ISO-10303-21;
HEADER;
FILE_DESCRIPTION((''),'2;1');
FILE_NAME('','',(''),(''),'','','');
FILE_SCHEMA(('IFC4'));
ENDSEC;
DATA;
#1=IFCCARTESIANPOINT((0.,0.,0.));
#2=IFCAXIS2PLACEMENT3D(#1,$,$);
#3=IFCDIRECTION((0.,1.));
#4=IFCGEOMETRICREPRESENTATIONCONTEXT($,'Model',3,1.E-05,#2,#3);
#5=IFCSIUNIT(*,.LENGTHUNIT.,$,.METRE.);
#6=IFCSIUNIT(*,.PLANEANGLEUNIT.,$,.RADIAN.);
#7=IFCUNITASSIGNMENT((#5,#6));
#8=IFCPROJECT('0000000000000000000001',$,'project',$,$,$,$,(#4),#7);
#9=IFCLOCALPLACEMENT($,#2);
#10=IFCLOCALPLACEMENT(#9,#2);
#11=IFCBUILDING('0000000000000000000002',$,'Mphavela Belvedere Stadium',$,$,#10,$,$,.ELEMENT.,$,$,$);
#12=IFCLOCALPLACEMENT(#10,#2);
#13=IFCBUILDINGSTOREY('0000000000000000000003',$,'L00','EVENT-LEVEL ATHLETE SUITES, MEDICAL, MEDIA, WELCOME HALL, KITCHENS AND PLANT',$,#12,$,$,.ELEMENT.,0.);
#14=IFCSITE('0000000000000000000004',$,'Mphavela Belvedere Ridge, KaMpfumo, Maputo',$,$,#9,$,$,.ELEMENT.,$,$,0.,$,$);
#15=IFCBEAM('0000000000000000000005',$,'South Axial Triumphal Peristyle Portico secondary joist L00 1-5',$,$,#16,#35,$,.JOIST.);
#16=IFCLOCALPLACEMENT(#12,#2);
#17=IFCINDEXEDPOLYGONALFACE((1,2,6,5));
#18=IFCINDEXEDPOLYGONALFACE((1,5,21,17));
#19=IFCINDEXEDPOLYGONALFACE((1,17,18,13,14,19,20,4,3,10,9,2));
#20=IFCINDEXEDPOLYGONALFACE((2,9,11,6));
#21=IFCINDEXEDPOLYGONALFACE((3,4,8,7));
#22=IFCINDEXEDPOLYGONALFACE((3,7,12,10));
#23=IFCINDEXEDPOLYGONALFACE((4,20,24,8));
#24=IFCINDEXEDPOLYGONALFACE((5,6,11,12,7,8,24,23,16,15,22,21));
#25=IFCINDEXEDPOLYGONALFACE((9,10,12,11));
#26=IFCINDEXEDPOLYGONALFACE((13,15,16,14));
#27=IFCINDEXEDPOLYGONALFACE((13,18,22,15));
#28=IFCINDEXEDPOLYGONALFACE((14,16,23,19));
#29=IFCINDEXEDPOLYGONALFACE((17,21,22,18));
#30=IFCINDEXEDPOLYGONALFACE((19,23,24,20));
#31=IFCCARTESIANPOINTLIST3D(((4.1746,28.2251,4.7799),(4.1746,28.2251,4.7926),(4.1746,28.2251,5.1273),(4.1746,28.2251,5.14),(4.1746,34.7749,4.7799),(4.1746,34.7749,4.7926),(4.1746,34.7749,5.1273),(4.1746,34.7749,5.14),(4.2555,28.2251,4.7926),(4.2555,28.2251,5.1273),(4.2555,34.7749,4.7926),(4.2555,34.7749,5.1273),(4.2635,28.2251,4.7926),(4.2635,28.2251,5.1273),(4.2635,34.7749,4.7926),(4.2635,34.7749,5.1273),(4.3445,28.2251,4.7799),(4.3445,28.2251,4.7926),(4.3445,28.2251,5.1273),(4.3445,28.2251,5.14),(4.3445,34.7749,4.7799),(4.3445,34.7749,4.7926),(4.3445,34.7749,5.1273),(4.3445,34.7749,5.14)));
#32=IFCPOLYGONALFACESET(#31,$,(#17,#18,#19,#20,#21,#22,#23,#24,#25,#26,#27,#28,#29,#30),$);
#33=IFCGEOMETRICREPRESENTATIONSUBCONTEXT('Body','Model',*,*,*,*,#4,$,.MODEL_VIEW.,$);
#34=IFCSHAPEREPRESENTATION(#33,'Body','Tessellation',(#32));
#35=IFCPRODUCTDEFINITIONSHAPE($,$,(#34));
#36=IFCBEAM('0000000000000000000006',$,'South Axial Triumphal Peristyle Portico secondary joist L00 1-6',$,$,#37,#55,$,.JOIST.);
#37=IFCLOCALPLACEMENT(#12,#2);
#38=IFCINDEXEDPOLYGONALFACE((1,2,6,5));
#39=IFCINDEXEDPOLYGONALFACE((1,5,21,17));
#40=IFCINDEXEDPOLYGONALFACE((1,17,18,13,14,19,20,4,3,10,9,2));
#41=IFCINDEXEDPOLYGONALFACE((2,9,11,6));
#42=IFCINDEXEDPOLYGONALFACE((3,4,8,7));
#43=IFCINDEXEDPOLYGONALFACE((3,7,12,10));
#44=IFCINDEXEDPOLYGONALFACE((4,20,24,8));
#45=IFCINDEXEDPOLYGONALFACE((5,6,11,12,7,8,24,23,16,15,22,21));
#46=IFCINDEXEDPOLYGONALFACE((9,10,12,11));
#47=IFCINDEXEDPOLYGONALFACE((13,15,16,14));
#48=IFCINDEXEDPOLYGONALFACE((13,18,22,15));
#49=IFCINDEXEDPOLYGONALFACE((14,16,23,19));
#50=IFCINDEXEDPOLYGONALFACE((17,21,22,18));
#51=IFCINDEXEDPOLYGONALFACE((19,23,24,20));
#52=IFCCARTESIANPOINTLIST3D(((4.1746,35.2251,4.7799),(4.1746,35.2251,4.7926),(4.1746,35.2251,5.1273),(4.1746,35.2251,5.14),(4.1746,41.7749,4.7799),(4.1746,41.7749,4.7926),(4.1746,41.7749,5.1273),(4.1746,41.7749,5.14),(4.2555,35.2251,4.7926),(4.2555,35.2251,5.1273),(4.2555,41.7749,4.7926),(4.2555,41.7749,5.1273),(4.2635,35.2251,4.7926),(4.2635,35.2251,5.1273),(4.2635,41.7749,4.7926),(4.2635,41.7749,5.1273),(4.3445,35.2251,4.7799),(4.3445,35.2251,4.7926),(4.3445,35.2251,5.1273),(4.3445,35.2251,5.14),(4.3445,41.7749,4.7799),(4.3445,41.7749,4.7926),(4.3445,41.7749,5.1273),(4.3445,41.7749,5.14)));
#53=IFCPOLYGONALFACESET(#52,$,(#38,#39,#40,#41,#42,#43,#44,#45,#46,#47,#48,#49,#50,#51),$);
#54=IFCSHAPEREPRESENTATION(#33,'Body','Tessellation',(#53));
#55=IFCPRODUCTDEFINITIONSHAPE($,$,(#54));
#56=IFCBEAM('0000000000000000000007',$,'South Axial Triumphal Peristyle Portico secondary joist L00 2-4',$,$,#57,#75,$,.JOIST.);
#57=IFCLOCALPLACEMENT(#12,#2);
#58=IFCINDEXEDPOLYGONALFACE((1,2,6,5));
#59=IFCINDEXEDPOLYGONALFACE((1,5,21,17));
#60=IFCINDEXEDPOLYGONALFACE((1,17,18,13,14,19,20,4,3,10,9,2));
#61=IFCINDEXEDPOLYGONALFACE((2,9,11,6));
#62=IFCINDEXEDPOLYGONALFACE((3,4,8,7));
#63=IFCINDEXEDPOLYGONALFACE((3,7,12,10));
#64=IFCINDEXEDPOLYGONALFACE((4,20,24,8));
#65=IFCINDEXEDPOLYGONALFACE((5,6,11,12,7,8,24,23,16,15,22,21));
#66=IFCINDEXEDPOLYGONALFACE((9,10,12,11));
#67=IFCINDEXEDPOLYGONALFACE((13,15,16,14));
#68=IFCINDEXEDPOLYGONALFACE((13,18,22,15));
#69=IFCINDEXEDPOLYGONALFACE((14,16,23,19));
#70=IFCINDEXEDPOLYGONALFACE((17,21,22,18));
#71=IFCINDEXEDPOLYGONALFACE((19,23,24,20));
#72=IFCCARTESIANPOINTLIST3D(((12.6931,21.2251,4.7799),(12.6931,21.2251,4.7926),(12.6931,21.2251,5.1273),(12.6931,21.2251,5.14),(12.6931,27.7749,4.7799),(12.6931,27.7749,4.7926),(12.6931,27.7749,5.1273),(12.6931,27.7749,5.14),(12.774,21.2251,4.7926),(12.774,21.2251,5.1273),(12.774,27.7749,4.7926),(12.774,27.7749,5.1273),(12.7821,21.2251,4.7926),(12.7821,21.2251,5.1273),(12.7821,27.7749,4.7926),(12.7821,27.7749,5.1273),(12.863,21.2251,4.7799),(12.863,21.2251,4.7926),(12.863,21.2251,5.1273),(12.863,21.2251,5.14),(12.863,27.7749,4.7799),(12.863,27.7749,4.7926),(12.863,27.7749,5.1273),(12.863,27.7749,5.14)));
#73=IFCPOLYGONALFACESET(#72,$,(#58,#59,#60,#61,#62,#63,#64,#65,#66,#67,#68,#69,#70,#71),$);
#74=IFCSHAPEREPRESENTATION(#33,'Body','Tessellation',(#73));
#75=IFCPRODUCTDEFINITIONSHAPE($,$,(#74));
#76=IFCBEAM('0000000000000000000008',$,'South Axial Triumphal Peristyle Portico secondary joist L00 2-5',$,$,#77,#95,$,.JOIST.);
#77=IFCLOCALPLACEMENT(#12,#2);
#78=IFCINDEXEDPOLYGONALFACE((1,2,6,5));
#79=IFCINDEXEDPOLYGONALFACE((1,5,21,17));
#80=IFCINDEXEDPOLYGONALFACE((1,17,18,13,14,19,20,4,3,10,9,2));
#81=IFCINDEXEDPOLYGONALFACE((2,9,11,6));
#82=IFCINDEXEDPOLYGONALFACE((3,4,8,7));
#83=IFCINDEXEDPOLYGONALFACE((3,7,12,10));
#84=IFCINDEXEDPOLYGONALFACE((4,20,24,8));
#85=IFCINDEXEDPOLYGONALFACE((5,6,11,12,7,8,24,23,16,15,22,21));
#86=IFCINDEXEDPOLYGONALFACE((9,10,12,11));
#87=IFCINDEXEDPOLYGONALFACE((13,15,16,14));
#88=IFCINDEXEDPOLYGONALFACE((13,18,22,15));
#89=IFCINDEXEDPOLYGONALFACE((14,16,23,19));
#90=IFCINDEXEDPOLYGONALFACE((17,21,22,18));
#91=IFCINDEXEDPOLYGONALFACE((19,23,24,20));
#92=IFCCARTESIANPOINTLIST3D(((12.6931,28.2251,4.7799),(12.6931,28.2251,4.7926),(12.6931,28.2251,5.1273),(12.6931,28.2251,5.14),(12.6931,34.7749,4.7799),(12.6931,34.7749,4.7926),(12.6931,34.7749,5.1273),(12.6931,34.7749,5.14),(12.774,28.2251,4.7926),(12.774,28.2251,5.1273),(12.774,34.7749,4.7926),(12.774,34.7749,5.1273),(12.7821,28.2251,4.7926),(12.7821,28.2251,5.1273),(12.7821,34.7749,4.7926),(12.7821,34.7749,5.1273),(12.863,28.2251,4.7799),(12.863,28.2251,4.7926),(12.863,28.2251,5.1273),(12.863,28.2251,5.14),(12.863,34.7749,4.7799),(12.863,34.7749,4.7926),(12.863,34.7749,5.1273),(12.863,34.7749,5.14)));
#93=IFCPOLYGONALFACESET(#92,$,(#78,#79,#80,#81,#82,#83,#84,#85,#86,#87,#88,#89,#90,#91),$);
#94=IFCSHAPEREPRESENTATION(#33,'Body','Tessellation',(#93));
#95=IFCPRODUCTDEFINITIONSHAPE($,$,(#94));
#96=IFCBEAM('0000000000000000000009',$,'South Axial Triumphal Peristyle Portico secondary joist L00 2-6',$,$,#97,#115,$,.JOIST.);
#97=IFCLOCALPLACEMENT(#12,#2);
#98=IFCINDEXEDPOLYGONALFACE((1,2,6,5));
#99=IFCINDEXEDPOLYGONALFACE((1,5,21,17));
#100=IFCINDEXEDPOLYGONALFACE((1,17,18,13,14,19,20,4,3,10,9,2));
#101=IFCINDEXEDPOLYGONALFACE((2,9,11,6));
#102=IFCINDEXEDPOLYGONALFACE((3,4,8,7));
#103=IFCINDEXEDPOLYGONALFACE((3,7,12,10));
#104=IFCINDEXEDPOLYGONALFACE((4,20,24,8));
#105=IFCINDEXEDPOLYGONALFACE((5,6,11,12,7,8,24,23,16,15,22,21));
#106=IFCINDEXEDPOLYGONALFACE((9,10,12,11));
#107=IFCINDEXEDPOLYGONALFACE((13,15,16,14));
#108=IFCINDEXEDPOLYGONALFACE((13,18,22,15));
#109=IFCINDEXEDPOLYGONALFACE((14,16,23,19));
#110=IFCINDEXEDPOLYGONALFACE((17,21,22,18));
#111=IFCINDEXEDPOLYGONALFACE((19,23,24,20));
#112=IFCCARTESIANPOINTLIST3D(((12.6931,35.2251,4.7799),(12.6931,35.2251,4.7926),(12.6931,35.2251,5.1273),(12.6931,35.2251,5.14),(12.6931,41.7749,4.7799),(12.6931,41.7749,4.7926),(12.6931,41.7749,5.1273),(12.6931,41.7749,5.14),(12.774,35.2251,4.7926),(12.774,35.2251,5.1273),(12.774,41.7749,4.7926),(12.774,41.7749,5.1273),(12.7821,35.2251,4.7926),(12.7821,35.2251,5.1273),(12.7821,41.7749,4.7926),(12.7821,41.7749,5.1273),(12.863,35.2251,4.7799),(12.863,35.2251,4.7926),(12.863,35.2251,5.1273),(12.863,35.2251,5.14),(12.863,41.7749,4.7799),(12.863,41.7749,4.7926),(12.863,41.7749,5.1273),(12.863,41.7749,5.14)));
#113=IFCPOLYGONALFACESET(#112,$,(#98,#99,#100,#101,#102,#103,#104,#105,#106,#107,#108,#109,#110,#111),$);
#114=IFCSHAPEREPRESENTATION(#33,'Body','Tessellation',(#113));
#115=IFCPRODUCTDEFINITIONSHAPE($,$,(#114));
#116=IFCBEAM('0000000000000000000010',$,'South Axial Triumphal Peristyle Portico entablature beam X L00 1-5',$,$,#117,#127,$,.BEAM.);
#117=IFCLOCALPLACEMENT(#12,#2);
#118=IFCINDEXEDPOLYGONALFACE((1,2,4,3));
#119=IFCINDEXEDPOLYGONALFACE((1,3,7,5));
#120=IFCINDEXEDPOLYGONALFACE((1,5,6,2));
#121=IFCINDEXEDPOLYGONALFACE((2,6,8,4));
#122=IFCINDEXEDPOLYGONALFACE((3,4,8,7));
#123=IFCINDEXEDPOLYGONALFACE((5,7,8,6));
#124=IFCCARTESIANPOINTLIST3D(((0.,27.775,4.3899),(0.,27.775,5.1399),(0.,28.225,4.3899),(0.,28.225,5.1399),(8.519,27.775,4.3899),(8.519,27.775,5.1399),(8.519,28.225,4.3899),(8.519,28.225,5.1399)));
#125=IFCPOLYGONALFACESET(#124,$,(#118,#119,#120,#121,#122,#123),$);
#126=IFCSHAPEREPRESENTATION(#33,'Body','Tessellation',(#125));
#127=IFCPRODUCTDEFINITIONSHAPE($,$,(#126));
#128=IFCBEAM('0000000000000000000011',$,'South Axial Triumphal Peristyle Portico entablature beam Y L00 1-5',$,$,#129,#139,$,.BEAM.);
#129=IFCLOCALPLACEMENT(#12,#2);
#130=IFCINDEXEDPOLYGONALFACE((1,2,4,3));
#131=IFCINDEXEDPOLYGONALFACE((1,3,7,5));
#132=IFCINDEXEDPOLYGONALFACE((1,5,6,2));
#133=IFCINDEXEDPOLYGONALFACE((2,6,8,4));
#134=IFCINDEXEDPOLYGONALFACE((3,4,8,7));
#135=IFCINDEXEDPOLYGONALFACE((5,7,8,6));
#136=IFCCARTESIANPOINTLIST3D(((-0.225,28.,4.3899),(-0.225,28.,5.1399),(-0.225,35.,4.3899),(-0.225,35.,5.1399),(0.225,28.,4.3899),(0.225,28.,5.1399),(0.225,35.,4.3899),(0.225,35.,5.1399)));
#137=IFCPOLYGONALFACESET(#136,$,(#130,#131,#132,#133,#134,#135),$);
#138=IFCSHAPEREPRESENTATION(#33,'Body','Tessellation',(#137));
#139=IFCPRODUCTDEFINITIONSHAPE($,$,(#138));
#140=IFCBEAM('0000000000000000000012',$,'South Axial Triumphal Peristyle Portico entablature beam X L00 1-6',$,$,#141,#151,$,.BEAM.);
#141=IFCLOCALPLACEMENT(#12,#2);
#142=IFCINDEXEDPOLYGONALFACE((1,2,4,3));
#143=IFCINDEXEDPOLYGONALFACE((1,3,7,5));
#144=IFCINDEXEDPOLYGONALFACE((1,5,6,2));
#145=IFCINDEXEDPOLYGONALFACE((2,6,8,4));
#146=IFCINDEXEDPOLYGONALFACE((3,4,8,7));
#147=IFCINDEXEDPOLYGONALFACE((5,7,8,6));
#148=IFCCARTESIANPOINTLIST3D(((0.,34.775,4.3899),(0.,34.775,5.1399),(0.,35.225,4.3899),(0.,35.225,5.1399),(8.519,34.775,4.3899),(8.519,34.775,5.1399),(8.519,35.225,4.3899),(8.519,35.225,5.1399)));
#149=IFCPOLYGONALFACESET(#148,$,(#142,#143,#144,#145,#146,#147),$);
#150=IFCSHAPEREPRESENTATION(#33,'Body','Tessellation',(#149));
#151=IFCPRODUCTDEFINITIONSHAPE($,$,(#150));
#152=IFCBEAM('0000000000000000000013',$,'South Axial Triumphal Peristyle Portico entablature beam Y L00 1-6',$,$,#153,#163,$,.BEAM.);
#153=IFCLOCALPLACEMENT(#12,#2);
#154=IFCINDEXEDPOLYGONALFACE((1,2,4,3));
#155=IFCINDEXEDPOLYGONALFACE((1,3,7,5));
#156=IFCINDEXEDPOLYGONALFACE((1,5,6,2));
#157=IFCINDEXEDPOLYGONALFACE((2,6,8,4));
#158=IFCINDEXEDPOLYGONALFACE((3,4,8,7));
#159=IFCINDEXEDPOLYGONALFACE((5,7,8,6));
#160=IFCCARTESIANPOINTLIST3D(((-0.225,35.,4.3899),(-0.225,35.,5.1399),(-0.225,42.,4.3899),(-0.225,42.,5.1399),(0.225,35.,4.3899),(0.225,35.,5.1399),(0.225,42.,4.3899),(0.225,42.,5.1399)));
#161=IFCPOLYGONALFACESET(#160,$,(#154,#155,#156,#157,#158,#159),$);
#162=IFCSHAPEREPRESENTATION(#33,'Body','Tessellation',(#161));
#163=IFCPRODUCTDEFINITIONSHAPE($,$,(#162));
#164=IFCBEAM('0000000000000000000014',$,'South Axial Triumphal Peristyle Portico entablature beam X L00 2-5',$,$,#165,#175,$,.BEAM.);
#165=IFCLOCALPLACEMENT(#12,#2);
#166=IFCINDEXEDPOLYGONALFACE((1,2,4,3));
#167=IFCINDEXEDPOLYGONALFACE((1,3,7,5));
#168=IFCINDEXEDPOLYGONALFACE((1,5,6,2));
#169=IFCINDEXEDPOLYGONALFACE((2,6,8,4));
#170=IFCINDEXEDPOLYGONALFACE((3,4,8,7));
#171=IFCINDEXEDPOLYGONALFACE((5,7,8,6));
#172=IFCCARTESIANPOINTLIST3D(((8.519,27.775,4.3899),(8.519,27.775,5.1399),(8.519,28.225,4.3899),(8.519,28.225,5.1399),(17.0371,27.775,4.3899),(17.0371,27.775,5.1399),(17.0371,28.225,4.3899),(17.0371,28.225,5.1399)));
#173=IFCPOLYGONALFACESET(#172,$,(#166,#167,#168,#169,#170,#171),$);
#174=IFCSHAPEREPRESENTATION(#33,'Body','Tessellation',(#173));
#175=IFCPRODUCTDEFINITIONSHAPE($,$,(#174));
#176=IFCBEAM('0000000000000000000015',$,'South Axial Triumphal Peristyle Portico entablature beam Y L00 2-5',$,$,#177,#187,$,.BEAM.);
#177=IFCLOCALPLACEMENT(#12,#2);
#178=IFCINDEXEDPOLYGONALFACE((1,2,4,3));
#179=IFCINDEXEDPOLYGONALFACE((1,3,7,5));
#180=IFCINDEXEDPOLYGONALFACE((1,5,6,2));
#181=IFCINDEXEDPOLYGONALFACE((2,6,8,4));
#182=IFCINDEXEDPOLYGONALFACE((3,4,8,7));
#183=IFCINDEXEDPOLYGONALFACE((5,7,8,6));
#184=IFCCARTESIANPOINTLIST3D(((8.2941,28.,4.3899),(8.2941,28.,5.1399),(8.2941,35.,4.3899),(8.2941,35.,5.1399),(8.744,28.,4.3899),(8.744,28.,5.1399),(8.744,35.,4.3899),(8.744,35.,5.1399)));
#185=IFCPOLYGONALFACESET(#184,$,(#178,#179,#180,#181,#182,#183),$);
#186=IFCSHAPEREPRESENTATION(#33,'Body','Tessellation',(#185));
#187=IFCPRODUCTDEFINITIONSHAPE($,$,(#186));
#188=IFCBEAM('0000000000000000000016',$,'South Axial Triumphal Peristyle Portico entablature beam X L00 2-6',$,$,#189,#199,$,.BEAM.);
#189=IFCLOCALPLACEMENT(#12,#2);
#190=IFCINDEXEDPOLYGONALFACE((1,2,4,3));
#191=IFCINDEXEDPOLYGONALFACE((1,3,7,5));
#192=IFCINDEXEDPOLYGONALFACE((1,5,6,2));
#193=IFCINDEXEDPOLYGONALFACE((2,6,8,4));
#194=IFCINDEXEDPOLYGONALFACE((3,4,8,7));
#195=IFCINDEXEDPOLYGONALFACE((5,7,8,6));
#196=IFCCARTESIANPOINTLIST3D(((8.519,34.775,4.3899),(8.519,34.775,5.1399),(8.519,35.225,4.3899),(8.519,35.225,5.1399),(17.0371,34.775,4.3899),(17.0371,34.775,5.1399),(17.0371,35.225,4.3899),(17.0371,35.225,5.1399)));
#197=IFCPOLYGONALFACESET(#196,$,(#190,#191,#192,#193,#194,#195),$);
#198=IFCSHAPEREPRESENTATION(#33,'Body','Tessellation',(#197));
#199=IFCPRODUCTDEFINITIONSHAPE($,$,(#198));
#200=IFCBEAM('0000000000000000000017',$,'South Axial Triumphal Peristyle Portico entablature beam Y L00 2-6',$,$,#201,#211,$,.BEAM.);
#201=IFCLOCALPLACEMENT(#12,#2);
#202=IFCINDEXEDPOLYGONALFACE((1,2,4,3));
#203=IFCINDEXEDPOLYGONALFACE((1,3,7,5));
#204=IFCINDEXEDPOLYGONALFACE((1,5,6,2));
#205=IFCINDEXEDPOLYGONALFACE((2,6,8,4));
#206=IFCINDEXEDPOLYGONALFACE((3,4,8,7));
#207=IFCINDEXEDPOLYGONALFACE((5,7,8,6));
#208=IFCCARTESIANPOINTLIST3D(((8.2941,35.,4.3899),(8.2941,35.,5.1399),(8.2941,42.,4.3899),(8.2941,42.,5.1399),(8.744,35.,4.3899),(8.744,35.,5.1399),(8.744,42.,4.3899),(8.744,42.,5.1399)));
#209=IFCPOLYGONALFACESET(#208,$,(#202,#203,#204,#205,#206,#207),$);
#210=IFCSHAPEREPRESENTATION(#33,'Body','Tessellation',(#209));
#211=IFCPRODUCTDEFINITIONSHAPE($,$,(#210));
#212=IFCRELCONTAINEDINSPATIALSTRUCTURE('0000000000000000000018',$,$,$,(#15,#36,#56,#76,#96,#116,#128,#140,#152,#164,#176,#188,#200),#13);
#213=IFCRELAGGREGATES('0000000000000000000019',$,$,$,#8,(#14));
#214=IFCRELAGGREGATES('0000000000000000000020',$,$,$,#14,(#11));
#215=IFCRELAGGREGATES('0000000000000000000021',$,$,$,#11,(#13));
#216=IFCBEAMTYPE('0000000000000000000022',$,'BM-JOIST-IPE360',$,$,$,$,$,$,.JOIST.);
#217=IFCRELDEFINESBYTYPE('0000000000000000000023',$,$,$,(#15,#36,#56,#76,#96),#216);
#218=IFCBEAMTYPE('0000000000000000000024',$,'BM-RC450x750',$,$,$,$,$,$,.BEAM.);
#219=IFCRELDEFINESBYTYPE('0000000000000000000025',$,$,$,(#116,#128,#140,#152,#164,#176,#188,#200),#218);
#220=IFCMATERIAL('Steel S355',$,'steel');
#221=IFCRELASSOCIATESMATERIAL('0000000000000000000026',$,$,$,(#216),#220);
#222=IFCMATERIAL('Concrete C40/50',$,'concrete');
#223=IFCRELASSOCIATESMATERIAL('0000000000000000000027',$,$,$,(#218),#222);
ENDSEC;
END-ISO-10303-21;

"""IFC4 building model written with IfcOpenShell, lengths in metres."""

from ifc_helpers import new_model, si_unit, direction, frame, origin, origin_2d, place, context, subcontext, project, spatial, rectangle, i_section, extrude, material, material_profile, profile_set, type_object, element, save


model = new_model("IFC4")

# Units and contexts
model_context = context("Model", 3, precision=1e-05, world=origin(), true_north=direction((0.0, 1.0)))
body_context = subcontext(model_context, "Body", "Model", "MODEL_VIEW")
ifc_project = project(units=[si_unit("LENGTHUNIT", "METRE"), si_unit("PLANEANGLEUNIT", "RADIAN")], contexts=[model_context])

# Site, building, storey
site_placement = place(None, origin())
site = spatial("IfcSite", under=ifc_project, at=site_placement, Name="Mphavela Belvedere Ridge, KaMpfumo, Maputo", CompositionType="ELEMENT", RefElevation=0.0)
building_placement = place(site_placement, origin())
building = spatial("IfcBuilding", under=site, at=building_placement, Name="Mphavela Belvedere Stadium", CompositionType="ELEMENT")
storey_placement = place(building_placement, origin())
storey = spatial("IfcBuildingStorey", under=building, at=storey_placement, Name="L00", Description="EVENT-LEVEL ATHLETE SUITES, MEDICAL, MEDIA, WELCOME HALL, KITCHENS AND PLANT", CompositionType="ELEMENT", Elevation=0.0)

# Beams
ifc_material_1 = material(Name="Steel S355", Category="steel")
ifc_material_profile_1 = material_profile(ifc_material_1, i_section(OverallWidth=0.1699, OverallDepth=0.3601, WebThickness=0.0081, FlangeThickness=0.0127, at=origin_2d()), Name="IPE 360")
ifc_profile_set_1 = profile_set([ifc_material_profile_1], Name="Steel S355")
beam_type_1 = type_object("IfcBeamType", Name="BM-JOIST-IPE360", PredefinedType="JOIST", material=ifc_profile_set_1)
for number, where, z_axis, x_axis, name in (
    (1, (4.2595, 28.2251, 4.96), (0.0, 1.0, 0.0), (-1.0, 0.0, 0.0), "South Axial Triumphal Peristyle Portico secondary joist L00 1-5"),
    (2, (4.2595, 35.2251, 4.96), (0.0, 1.0, 0.0), (-1.0, 0.0, 0.0), "South Axial Triumphal Peristyle Portico secondary joist L00 1-6"),
    (3, (12.7781, 21.2251, 4.96), (0.0, 1.0, 0.0), (-1.0, 0.0, 0.0), "South Axial Triumphal Peristyle Portico secondary joist L00 2-4"),
    (4, (12.7781, 28.2251, 4.96), (0.0, 1.0, 0.0), (-1.0, 0.0, 0.0), "South Axial Triumphal Peristyle Portico secondary joist L00 2-5"),
    (5, (12.7781, 35.2251, 4.96), (0.0, 1.0, 0.0), (-1.0, 0.0, 0.0), "South Axial Triumphal Peristyle Portico secondary joist L00 2-6"),
):
    element("IfcBeam", number, at=place(storey_placement, frame(where, z_axis=z_axis, x_axis=x_axis)), inside=storey, type_object=beam_type_1, Name=name, PredefinedType="JOIST", context=body_context, shape_type="SweptSolid", body=[
        extrude(i_section(OverallWidth=0.1699, OverallDepth=0.3601, WebThickness=0.0081, FlangeThickness=0.0127, at=origin_2d()), origin(), (0.0, 0.0, 1.0), 6.5498),
    ])
ifc_material_2 = material(Name="Concrete C40/50", Category="concrete")
ifc_material_profile_2 = material_profile(ifc_material_2, rectangle(XDim=0.45, YDim=0.75, at=origin_2d()), Name="RC 450x750")
ifc_profile_set_2 = profile_set([ifc_material_profile_2], Name="Concrete C40/50")
beam_type_2 = type_object("IfcBeamType", Name="BM-RC450x750", PredefinedType="BEAM", material=ifc_profile_set_2)
beam_1_placement = place(storey_placement, frame((0.0, 28.0, 4.7649), z_axis=(1.0, 0.0, 0.0), x_axis=(0.0, 1.0, 0.0)))
element("IfcBeam", 6, at=beam_1_placement, inside=storey, type_object=beam_type_2, Name="South Axial Triumphal Peristyle Portico entablature beam X L00 1-5", PredefinedType="BEAM", context=body_context, shape_type="SweptSolid", body=[
    extrude(rectangle(XDim=0.45, YDim=0.75, at=origin_2d()), origin(), (0.0, 0.0, 1.0), 8.519),
])
beam_2_placement = place(storey_placement, frame((0.0, 28.0, 4.7649), z_axis=(0.0, 1.0, 0.0), x_axis=(-1.0, 0.0, 0.0)))
element("IfcBeam", 7, at=beam_2_placement, inside=storey, type_object=beam_type_2, Name="South Axial Triumphal Peristyle Portico entablature beam Y L00 1-5", PredefinedType="BEAM", context=body_context, shape_type="SweptSolid", body=[
    extrude(rectangle(XDim=0.45, YDim=0.75, at=origin_2d()), origin(), (0.0, 0.0, 1.0), 7.0),
])
beam_3_placement = place(storey_placement, frame((0.0, 35.0, 4.7649), z_axis=(1.0, 0.0, 0.0), x_axis=(0.0, 1.0, 0.0)))
element("IfcBeam", 8, at=beam_3_placement, inside=storey, type_object=beam_type_2, Name="South Axial Triumphal Peristyle Portico entablature beam X L00 1-6", PredefinedType="BEAM", context=body_context, shape_type="SweptSolid", body=[
    extrude(rectangle(XDim=0.45, YDim=0.75, at=origin_2d()), origin(), (0.0, 0.0, 1.0), 8.519),
])
beam_4_placement = place(storey_placement, frame((0.0, 35.0, 4.7649), z_axis=(0.0, 1.0, 0.0), x_axis=(-1.0, 0.0, 0.0)))
element("IfcBeam", 9, at=beam_4_placement, inside=storey, type_object=beam_type_2, Name="South Axial Triumphal Peristyle Portico entablature beam Y L00 1-6", PredefinedType="BEAM", context=body_context, shape_type="SweptSolid", body=[
    extrude(rectangle(XDim=0.45, YDim=0.75, at=origin_2d()), origin(), (0.0, 0.0, 1.0), 7.0),
])
beam_5_placement = place(storey_placement, frame((8.519, 28.0, 4.7649), z_axis=(1.0, 0.0, 0.0), x_axis=(0.0, 1.0, 0.0)))
element("IfcBeam", 10, at=beam_5_placement, inside=storey, type_object=beam_type_2, Name="South Axial Triumphal Peristyle Portico entablature beam X L00 2-5", PredefinedType="BEAM", context=body_context, shape_type="SweptSolid", body=[
    extrude(rectangle(XDim=0.45, YDim=0.75, at=origin_2d()), origin(), (0.0, 0.0, 1.0), 8.5181),
])
beam_6_placement = place(storey_placement, frame((8.519, 28.0, 4.7649), z_axis=(0.0, 1.0, 0.0), x_axis=(-1.0, 0.0, 0.0)))
element("IfcBeam", 11, at=beam_6_placement, inside=storey, type_object=beam_type_2, Name="South Axial Triumphal Peristyle Portico entablature beam Y L00 2-5", PredefinedType="BEAM", context=body_context, shape_type="SweptSolid", body=[
    extrude(rectangle(XDim=0.45, YDim=0.75, at=origin_2d()), origin(), (0.0, 0.0, 1.0), 7.0),
])
beam_7_placement = place(storey_placement, frame((8.519, 35.0, 4.7649), z_axis=(1.0, 0.0, 0.0), x_axis=(0.0, 1.0, 0.0)))
element("IfcBeam", 12, at=beam_7_placement, inside=storey, type_object=beam_type_2, Name="South Axial Triumphal Peristyle Portico entablature beam X L00 2-6", PredefinedType="BEAM", context=body_context, shape_type="SweptSolid", body=[
    extrude(rectangle(XDim=0.45, YDim=0.75, at=origin_2d()), origin(), (0.0, 0.0, 1.0), 8.5181),
])
beam_8_placement = place(storey_placement, frame((8.519, 35.0, 4.7649), z_axis=(0.0, 1.0, 0.0), x_axis=(-1.0, 0.0, 0.0)))
element("IfcBeam", 13, at=beam_8_placement, inside=storey, type_object=beam_type_2, Name="South Axial Triumphal Peristyle Portico entablature beam Y L00 2-6", PredefinedType="BEAM", context=body_context, shape_type="SweptSolid", body=[
    extrude(rectangle(XDim=0.45, YDim=0.75, at=origin_2d()), origin(), (0.0, 0.0, 1.0), 7.0),
])

save(model, "model.ifc")
